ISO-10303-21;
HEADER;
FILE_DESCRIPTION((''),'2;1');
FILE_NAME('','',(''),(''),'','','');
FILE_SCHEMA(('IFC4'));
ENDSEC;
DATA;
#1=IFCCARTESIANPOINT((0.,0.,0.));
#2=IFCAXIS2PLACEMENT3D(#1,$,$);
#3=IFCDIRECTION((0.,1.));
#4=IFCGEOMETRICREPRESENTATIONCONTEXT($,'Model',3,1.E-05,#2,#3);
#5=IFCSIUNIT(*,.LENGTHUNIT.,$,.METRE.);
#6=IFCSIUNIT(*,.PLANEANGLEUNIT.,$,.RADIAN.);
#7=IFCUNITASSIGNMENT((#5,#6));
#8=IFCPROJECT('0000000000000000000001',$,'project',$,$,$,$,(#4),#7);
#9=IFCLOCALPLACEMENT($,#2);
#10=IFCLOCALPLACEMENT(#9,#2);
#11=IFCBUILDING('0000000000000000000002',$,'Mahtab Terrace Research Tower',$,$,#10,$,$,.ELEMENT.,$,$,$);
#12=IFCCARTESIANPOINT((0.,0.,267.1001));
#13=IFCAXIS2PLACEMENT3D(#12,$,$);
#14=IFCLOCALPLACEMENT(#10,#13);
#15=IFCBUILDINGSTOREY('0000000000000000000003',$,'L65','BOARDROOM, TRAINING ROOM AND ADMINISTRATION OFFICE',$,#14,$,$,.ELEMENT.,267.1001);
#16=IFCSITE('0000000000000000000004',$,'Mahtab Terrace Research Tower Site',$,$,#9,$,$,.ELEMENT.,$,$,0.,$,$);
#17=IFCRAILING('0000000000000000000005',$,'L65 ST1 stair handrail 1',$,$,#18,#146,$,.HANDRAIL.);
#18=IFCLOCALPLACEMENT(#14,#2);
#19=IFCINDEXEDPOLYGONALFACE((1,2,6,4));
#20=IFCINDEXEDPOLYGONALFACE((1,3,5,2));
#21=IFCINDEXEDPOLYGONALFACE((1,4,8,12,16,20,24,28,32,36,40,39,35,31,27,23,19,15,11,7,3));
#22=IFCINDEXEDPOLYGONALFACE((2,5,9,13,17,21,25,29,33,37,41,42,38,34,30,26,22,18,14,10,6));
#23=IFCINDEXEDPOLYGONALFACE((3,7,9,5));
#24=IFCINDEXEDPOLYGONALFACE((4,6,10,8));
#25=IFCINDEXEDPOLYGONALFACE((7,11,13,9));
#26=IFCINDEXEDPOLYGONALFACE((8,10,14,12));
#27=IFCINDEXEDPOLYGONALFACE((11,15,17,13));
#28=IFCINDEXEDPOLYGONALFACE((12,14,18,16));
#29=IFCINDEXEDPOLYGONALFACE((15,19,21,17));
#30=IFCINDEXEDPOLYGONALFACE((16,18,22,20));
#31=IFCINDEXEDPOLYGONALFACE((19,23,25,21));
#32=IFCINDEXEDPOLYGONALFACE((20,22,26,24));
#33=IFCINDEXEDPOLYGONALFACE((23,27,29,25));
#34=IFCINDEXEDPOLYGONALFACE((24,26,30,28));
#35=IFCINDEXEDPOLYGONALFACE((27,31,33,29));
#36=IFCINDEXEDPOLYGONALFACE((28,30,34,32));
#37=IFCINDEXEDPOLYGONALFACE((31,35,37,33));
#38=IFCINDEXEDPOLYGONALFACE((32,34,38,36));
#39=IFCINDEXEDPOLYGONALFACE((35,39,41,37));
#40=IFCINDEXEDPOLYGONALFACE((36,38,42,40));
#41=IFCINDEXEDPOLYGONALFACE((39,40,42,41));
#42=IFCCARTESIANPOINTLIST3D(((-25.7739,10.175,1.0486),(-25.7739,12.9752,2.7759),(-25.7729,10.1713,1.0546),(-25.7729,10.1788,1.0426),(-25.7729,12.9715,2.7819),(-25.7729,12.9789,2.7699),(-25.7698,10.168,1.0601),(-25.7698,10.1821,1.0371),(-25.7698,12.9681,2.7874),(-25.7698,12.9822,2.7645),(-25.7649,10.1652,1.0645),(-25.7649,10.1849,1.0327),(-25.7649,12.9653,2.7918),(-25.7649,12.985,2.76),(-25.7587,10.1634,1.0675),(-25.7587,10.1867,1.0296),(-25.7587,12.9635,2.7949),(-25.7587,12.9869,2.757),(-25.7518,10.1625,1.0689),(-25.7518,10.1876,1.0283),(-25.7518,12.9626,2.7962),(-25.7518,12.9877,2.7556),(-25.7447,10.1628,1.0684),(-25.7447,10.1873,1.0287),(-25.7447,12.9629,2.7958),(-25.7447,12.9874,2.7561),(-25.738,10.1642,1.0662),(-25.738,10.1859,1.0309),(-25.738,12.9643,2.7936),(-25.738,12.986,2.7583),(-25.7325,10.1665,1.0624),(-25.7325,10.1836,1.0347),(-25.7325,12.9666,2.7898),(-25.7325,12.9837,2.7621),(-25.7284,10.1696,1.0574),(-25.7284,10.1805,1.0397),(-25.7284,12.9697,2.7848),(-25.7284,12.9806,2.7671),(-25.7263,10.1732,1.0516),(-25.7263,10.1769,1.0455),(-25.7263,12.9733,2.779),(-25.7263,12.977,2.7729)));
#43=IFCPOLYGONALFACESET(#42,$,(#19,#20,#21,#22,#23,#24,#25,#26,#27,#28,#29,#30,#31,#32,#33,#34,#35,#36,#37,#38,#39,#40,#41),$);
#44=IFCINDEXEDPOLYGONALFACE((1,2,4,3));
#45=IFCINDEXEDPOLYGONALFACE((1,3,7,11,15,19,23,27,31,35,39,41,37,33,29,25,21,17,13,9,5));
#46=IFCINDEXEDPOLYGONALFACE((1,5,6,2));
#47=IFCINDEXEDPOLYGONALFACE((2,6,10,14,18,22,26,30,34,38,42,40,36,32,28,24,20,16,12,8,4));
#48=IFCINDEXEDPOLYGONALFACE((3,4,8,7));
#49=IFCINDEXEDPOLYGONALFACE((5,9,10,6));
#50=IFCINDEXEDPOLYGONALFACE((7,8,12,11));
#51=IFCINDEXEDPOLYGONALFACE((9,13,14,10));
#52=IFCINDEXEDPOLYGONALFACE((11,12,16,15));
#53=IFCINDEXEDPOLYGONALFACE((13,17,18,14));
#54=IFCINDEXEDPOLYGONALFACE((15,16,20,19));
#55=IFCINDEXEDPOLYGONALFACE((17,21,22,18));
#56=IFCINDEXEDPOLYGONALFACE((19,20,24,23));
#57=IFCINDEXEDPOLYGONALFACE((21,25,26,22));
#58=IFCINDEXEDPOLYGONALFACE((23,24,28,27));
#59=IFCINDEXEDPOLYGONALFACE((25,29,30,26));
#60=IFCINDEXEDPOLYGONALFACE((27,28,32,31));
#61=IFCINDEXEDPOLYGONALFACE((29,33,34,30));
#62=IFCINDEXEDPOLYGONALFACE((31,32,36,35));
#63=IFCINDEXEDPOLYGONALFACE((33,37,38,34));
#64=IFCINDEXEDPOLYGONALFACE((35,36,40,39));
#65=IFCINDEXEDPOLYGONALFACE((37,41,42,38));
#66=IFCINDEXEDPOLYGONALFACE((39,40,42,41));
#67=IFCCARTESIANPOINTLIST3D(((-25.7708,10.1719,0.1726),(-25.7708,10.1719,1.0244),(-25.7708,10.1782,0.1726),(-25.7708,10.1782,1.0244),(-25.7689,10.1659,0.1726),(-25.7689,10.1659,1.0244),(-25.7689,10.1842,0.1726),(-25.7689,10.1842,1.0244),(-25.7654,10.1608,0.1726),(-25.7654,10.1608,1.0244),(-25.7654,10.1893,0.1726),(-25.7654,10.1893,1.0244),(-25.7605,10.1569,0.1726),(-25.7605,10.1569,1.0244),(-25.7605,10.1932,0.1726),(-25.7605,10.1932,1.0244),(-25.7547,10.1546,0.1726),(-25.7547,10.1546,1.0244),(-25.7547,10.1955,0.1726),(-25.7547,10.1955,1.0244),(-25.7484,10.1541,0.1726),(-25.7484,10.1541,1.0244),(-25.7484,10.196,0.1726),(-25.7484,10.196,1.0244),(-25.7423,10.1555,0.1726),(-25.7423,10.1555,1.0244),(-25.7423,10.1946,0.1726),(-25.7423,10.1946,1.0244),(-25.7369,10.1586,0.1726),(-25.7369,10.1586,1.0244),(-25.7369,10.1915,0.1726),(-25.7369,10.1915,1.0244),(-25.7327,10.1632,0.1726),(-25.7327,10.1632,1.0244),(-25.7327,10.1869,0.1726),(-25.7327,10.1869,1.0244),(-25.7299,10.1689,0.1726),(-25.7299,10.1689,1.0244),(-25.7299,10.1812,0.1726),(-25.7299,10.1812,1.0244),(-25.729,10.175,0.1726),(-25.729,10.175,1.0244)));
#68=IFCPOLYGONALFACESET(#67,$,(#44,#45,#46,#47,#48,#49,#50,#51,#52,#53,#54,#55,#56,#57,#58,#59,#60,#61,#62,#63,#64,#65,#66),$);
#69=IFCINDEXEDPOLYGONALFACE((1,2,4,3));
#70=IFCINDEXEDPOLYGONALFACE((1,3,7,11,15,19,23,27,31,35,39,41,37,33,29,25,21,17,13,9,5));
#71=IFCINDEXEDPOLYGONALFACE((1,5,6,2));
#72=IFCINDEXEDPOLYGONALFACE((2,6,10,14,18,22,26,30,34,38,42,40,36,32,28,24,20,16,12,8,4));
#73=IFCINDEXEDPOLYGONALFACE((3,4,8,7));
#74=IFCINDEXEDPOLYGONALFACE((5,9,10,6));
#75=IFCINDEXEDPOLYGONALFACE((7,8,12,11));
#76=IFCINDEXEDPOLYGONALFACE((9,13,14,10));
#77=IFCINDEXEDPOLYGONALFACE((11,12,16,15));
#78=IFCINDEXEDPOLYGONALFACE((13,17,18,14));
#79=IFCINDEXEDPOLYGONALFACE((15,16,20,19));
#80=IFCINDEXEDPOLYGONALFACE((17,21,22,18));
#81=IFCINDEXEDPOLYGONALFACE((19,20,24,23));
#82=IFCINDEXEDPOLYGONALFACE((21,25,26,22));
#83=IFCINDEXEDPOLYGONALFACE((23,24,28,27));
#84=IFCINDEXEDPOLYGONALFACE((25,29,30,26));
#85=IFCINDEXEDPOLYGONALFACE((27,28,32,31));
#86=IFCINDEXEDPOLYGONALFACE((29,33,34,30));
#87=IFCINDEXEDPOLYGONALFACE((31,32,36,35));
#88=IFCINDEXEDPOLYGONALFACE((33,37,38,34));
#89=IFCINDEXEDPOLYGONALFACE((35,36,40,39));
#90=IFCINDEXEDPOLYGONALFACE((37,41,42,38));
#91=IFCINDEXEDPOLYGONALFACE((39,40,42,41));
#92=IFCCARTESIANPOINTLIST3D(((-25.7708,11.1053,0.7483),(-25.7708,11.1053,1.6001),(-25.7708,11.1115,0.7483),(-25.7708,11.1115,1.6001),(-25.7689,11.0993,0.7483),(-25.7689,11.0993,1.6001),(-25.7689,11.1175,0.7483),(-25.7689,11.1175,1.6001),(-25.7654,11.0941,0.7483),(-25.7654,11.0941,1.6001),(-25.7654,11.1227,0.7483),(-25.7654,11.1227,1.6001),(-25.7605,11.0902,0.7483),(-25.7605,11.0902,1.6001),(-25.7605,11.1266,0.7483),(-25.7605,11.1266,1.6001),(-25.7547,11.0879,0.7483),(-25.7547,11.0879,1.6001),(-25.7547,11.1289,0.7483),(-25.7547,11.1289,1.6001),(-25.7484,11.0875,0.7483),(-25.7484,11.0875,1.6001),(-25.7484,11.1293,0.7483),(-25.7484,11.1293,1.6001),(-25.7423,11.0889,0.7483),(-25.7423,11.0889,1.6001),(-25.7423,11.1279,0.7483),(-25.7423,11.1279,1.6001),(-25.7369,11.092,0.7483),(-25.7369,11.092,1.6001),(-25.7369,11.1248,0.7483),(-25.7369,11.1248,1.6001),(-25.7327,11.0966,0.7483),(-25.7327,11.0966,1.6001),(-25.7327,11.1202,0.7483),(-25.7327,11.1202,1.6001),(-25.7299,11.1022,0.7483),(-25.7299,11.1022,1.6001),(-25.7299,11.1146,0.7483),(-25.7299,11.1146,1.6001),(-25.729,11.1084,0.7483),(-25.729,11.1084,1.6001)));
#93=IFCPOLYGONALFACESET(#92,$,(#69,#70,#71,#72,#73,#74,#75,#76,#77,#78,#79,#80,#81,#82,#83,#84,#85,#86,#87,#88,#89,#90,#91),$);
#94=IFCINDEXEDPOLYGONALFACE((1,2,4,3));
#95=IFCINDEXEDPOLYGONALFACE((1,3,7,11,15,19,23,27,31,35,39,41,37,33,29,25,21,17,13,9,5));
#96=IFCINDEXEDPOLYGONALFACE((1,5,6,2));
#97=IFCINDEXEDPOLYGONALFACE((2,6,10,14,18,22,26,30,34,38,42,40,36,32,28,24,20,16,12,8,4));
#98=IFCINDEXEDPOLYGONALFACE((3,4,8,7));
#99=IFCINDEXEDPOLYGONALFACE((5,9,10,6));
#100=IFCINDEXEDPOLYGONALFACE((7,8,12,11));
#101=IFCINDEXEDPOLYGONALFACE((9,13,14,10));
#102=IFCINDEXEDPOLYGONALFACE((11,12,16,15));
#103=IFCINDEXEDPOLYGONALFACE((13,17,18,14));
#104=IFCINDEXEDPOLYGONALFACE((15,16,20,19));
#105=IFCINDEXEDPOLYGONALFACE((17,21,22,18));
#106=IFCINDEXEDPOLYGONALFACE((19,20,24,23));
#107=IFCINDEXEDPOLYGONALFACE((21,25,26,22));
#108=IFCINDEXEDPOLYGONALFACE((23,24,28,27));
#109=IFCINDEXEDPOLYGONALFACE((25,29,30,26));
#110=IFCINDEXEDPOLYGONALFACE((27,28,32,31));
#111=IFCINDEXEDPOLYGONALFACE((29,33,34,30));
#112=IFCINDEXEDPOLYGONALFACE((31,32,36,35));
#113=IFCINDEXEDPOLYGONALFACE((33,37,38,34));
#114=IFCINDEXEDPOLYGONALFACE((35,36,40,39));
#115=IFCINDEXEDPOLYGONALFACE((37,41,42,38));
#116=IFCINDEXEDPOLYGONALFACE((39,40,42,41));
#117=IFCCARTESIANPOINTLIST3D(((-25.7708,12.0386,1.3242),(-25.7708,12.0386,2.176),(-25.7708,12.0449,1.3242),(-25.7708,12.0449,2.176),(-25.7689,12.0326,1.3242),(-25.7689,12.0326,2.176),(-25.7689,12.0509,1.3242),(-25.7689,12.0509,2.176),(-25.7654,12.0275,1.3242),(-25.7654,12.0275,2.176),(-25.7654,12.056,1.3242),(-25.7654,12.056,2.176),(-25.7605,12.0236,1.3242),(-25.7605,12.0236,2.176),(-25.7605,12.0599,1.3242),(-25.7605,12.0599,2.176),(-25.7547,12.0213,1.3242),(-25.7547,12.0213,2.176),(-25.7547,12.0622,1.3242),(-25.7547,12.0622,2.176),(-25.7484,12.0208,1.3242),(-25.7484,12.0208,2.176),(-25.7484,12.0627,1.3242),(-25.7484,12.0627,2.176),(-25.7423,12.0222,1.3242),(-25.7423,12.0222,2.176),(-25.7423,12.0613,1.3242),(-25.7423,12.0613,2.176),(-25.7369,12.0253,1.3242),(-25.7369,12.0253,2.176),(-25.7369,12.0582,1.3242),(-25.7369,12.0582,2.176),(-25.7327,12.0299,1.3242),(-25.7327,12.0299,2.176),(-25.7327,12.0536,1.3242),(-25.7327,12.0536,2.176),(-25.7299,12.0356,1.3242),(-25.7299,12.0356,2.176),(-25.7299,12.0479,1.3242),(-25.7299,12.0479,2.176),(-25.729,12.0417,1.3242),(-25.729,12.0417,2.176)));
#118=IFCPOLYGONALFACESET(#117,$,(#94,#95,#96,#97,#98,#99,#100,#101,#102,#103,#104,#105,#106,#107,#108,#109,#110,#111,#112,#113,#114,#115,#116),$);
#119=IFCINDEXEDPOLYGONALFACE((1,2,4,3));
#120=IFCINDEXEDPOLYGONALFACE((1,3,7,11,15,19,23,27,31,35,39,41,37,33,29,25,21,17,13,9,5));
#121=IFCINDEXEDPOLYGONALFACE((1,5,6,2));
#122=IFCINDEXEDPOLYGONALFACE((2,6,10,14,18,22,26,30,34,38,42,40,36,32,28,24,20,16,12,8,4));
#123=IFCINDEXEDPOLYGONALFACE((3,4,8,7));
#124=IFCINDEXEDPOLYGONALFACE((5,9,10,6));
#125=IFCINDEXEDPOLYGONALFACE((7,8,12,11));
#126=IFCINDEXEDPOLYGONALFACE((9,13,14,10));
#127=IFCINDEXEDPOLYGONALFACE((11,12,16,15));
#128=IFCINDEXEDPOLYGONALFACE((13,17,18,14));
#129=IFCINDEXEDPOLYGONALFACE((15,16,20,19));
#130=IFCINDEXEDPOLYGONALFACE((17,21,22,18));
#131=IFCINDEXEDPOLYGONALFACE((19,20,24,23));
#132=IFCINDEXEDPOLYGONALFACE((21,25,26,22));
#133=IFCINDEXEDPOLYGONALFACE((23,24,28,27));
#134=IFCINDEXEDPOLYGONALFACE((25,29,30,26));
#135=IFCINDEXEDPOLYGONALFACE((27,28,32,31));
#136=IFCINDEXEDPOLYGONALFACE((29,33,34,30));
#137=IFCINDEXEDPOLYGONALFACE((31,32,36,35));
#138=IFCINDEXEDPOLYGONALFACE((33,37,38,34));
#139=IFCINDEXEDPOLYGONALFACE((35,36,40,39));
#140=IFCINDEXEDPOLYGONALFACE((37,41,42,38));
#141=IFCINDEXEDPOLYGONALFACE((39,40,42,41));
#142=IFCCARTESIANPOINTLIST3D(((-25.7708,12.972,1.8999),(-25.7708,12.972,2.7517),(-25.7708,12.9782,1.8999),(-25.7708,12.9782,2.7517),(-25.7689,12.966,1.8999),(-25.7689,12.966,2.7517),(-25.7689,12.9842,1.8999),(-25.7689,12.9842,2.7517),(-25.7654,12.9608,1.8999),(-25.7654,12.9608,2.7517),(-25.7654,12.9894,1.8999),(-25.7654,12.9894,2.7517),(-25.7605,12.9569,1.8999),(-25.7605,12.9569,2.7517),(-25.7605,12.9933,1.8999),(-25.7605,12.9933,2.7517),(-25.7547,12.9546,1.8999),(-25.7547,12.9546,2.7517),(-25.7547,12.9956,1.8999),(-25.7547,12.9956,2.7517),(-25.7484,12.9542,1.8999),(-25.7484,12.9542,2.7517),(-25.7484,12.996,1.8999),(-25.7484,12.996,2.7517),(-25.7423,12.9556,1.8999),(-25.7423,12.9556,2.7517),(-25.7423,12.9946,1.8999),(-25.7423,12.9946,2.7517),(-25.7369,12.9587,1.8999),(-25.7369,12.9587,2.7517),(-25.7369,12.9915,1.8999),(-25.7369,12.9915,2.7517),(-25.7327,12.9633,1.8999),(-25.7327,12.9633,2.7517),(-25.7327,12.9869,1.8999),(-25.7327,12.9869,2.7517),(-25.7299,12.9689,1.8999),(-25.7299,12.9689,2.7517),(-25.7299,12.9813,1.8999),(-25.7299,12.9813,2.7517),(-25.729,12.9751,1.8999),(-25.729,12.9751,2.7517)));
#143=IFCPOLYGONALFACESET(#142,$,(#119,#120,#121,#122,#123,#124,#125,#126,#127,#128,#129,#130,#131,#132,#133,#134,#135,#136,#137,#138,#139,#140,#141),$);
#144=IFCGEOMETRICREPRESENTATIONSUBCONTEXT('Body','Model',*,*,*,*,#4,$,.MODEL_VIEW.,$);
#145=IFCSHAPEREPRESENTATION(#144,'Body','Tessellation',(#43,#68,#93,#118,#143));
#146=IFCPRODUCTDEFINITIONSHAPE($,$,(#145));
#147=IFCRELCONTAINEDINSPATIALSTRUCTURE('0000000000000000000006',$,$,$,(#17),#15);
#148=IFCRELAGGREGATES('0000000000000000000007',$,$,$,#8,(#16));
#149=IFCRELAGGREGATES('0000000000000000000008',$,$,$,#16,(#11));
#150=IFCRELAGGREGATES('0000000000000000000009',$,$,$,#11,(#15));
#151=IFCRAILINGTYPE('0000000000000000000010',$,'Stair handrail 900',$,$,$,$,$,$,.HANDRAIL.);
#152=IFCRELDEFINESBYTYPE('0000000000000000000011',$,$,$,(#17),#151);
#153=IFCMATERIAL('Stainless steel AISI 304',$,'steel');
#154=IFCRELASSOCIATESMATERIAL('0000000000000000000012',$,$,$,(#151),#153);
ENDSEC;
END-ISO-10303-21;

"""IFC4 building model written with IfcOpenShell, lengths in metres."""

from ifc_helpers import new_model, si_unit, direction, frame, origin, origin_2d, place, context, subcontext, project, spatial, circle, extrude, material, type_object, element, save


model = new_model("IFC4")

# Units and contexts
model_context = context("Model", 3, precision=1e-05, world=origin(), true_north=direction((0.0, 1.0)))
body_context = subcontext(model_context, "Body", "Model", "MODEL_VIEW")
ifc_project = project(units=[si_unit("LENGTHUNIT", "METRE"), si_unit("PLANEANGLEUNIT", "RADIAN")], contexts=[model_context])

# Site, building, storey
site_placement = place(None, origin())
site = spatial("IfcSite", under=ifc_project, at=site_placement, Name="Mahtab Terrace Research Tower Site", CompositionType="ELEMENT", RefElevation=0.0)
building_placement = place(site_placement, origin())
building = spatial("IfcBuilding", under=site, at=building_placement, Name="Mahtab Terrace Research Tower", CompositionType="ELEMENT")
storey_placement = place(building_placement, frame((0.0, 0.0, 267.1001)))
storey = spatial("IfcBuildingStorey", under=building, at=storey_placement, Name="L65", Description="BOARDROOM, TRAINING ROOM AND ADMINISTRATION OFFICE", CompositionType="ELEMENT", Elevation=267.1001)

# Railing
ifc_material_1 = material(Name="Stainless steel AISI 304", Category="steel")
railing_type_1 = type_object("IfcRailingType", Name="Stair handrail 900", PredefinedType="HANDRAIL", material=ifc_material_1)
railing_1_placement = place(storey_placement, frame((-25.75, 10.175, 0.1726)))
element("IfcRailing", 1, at=railing_1_placement, inside=storey, type_object=railing_type_1, Name="L65 ST1 stair handrail 1", PredefinedType="HANDRAIL", context=body_context, shape_type="SweptSolid", body=[
    extrude(circle(Radius=0.0239, at=origin_2d()), frame((0.0, 0.0, 0.876), z_axis=(0.0, 0.85109, 0.52502), x_axis=(-1.0, 0.0, 0.0)), (0.0, 0.0, 1.0), 3.29),
    extrude(circle(Radius=0.021, at=origin_2d()), origin(), (0.0, 0.0, 1.0), 0.8518),
    extrude(circle(Radius=0.021, at=origin_2d()), frame((0.0, 0.9333, 0.5757)), (0.0, 0.0, 1.0), 0.8518),
    extrude(circle(Radius=0.021, at=origin_2d()), frame((0.0, 1.8667, 1.1516)), (0.0, 0.0, 1.0), 0.8518),
    extrude(circle(Radius=0.021, at=origin_2d()), frame((0.0, 2.8, 1.7273)), (0.0, 0.0, 1.0), 0.8518),
])

save(model, "model.ifc")
